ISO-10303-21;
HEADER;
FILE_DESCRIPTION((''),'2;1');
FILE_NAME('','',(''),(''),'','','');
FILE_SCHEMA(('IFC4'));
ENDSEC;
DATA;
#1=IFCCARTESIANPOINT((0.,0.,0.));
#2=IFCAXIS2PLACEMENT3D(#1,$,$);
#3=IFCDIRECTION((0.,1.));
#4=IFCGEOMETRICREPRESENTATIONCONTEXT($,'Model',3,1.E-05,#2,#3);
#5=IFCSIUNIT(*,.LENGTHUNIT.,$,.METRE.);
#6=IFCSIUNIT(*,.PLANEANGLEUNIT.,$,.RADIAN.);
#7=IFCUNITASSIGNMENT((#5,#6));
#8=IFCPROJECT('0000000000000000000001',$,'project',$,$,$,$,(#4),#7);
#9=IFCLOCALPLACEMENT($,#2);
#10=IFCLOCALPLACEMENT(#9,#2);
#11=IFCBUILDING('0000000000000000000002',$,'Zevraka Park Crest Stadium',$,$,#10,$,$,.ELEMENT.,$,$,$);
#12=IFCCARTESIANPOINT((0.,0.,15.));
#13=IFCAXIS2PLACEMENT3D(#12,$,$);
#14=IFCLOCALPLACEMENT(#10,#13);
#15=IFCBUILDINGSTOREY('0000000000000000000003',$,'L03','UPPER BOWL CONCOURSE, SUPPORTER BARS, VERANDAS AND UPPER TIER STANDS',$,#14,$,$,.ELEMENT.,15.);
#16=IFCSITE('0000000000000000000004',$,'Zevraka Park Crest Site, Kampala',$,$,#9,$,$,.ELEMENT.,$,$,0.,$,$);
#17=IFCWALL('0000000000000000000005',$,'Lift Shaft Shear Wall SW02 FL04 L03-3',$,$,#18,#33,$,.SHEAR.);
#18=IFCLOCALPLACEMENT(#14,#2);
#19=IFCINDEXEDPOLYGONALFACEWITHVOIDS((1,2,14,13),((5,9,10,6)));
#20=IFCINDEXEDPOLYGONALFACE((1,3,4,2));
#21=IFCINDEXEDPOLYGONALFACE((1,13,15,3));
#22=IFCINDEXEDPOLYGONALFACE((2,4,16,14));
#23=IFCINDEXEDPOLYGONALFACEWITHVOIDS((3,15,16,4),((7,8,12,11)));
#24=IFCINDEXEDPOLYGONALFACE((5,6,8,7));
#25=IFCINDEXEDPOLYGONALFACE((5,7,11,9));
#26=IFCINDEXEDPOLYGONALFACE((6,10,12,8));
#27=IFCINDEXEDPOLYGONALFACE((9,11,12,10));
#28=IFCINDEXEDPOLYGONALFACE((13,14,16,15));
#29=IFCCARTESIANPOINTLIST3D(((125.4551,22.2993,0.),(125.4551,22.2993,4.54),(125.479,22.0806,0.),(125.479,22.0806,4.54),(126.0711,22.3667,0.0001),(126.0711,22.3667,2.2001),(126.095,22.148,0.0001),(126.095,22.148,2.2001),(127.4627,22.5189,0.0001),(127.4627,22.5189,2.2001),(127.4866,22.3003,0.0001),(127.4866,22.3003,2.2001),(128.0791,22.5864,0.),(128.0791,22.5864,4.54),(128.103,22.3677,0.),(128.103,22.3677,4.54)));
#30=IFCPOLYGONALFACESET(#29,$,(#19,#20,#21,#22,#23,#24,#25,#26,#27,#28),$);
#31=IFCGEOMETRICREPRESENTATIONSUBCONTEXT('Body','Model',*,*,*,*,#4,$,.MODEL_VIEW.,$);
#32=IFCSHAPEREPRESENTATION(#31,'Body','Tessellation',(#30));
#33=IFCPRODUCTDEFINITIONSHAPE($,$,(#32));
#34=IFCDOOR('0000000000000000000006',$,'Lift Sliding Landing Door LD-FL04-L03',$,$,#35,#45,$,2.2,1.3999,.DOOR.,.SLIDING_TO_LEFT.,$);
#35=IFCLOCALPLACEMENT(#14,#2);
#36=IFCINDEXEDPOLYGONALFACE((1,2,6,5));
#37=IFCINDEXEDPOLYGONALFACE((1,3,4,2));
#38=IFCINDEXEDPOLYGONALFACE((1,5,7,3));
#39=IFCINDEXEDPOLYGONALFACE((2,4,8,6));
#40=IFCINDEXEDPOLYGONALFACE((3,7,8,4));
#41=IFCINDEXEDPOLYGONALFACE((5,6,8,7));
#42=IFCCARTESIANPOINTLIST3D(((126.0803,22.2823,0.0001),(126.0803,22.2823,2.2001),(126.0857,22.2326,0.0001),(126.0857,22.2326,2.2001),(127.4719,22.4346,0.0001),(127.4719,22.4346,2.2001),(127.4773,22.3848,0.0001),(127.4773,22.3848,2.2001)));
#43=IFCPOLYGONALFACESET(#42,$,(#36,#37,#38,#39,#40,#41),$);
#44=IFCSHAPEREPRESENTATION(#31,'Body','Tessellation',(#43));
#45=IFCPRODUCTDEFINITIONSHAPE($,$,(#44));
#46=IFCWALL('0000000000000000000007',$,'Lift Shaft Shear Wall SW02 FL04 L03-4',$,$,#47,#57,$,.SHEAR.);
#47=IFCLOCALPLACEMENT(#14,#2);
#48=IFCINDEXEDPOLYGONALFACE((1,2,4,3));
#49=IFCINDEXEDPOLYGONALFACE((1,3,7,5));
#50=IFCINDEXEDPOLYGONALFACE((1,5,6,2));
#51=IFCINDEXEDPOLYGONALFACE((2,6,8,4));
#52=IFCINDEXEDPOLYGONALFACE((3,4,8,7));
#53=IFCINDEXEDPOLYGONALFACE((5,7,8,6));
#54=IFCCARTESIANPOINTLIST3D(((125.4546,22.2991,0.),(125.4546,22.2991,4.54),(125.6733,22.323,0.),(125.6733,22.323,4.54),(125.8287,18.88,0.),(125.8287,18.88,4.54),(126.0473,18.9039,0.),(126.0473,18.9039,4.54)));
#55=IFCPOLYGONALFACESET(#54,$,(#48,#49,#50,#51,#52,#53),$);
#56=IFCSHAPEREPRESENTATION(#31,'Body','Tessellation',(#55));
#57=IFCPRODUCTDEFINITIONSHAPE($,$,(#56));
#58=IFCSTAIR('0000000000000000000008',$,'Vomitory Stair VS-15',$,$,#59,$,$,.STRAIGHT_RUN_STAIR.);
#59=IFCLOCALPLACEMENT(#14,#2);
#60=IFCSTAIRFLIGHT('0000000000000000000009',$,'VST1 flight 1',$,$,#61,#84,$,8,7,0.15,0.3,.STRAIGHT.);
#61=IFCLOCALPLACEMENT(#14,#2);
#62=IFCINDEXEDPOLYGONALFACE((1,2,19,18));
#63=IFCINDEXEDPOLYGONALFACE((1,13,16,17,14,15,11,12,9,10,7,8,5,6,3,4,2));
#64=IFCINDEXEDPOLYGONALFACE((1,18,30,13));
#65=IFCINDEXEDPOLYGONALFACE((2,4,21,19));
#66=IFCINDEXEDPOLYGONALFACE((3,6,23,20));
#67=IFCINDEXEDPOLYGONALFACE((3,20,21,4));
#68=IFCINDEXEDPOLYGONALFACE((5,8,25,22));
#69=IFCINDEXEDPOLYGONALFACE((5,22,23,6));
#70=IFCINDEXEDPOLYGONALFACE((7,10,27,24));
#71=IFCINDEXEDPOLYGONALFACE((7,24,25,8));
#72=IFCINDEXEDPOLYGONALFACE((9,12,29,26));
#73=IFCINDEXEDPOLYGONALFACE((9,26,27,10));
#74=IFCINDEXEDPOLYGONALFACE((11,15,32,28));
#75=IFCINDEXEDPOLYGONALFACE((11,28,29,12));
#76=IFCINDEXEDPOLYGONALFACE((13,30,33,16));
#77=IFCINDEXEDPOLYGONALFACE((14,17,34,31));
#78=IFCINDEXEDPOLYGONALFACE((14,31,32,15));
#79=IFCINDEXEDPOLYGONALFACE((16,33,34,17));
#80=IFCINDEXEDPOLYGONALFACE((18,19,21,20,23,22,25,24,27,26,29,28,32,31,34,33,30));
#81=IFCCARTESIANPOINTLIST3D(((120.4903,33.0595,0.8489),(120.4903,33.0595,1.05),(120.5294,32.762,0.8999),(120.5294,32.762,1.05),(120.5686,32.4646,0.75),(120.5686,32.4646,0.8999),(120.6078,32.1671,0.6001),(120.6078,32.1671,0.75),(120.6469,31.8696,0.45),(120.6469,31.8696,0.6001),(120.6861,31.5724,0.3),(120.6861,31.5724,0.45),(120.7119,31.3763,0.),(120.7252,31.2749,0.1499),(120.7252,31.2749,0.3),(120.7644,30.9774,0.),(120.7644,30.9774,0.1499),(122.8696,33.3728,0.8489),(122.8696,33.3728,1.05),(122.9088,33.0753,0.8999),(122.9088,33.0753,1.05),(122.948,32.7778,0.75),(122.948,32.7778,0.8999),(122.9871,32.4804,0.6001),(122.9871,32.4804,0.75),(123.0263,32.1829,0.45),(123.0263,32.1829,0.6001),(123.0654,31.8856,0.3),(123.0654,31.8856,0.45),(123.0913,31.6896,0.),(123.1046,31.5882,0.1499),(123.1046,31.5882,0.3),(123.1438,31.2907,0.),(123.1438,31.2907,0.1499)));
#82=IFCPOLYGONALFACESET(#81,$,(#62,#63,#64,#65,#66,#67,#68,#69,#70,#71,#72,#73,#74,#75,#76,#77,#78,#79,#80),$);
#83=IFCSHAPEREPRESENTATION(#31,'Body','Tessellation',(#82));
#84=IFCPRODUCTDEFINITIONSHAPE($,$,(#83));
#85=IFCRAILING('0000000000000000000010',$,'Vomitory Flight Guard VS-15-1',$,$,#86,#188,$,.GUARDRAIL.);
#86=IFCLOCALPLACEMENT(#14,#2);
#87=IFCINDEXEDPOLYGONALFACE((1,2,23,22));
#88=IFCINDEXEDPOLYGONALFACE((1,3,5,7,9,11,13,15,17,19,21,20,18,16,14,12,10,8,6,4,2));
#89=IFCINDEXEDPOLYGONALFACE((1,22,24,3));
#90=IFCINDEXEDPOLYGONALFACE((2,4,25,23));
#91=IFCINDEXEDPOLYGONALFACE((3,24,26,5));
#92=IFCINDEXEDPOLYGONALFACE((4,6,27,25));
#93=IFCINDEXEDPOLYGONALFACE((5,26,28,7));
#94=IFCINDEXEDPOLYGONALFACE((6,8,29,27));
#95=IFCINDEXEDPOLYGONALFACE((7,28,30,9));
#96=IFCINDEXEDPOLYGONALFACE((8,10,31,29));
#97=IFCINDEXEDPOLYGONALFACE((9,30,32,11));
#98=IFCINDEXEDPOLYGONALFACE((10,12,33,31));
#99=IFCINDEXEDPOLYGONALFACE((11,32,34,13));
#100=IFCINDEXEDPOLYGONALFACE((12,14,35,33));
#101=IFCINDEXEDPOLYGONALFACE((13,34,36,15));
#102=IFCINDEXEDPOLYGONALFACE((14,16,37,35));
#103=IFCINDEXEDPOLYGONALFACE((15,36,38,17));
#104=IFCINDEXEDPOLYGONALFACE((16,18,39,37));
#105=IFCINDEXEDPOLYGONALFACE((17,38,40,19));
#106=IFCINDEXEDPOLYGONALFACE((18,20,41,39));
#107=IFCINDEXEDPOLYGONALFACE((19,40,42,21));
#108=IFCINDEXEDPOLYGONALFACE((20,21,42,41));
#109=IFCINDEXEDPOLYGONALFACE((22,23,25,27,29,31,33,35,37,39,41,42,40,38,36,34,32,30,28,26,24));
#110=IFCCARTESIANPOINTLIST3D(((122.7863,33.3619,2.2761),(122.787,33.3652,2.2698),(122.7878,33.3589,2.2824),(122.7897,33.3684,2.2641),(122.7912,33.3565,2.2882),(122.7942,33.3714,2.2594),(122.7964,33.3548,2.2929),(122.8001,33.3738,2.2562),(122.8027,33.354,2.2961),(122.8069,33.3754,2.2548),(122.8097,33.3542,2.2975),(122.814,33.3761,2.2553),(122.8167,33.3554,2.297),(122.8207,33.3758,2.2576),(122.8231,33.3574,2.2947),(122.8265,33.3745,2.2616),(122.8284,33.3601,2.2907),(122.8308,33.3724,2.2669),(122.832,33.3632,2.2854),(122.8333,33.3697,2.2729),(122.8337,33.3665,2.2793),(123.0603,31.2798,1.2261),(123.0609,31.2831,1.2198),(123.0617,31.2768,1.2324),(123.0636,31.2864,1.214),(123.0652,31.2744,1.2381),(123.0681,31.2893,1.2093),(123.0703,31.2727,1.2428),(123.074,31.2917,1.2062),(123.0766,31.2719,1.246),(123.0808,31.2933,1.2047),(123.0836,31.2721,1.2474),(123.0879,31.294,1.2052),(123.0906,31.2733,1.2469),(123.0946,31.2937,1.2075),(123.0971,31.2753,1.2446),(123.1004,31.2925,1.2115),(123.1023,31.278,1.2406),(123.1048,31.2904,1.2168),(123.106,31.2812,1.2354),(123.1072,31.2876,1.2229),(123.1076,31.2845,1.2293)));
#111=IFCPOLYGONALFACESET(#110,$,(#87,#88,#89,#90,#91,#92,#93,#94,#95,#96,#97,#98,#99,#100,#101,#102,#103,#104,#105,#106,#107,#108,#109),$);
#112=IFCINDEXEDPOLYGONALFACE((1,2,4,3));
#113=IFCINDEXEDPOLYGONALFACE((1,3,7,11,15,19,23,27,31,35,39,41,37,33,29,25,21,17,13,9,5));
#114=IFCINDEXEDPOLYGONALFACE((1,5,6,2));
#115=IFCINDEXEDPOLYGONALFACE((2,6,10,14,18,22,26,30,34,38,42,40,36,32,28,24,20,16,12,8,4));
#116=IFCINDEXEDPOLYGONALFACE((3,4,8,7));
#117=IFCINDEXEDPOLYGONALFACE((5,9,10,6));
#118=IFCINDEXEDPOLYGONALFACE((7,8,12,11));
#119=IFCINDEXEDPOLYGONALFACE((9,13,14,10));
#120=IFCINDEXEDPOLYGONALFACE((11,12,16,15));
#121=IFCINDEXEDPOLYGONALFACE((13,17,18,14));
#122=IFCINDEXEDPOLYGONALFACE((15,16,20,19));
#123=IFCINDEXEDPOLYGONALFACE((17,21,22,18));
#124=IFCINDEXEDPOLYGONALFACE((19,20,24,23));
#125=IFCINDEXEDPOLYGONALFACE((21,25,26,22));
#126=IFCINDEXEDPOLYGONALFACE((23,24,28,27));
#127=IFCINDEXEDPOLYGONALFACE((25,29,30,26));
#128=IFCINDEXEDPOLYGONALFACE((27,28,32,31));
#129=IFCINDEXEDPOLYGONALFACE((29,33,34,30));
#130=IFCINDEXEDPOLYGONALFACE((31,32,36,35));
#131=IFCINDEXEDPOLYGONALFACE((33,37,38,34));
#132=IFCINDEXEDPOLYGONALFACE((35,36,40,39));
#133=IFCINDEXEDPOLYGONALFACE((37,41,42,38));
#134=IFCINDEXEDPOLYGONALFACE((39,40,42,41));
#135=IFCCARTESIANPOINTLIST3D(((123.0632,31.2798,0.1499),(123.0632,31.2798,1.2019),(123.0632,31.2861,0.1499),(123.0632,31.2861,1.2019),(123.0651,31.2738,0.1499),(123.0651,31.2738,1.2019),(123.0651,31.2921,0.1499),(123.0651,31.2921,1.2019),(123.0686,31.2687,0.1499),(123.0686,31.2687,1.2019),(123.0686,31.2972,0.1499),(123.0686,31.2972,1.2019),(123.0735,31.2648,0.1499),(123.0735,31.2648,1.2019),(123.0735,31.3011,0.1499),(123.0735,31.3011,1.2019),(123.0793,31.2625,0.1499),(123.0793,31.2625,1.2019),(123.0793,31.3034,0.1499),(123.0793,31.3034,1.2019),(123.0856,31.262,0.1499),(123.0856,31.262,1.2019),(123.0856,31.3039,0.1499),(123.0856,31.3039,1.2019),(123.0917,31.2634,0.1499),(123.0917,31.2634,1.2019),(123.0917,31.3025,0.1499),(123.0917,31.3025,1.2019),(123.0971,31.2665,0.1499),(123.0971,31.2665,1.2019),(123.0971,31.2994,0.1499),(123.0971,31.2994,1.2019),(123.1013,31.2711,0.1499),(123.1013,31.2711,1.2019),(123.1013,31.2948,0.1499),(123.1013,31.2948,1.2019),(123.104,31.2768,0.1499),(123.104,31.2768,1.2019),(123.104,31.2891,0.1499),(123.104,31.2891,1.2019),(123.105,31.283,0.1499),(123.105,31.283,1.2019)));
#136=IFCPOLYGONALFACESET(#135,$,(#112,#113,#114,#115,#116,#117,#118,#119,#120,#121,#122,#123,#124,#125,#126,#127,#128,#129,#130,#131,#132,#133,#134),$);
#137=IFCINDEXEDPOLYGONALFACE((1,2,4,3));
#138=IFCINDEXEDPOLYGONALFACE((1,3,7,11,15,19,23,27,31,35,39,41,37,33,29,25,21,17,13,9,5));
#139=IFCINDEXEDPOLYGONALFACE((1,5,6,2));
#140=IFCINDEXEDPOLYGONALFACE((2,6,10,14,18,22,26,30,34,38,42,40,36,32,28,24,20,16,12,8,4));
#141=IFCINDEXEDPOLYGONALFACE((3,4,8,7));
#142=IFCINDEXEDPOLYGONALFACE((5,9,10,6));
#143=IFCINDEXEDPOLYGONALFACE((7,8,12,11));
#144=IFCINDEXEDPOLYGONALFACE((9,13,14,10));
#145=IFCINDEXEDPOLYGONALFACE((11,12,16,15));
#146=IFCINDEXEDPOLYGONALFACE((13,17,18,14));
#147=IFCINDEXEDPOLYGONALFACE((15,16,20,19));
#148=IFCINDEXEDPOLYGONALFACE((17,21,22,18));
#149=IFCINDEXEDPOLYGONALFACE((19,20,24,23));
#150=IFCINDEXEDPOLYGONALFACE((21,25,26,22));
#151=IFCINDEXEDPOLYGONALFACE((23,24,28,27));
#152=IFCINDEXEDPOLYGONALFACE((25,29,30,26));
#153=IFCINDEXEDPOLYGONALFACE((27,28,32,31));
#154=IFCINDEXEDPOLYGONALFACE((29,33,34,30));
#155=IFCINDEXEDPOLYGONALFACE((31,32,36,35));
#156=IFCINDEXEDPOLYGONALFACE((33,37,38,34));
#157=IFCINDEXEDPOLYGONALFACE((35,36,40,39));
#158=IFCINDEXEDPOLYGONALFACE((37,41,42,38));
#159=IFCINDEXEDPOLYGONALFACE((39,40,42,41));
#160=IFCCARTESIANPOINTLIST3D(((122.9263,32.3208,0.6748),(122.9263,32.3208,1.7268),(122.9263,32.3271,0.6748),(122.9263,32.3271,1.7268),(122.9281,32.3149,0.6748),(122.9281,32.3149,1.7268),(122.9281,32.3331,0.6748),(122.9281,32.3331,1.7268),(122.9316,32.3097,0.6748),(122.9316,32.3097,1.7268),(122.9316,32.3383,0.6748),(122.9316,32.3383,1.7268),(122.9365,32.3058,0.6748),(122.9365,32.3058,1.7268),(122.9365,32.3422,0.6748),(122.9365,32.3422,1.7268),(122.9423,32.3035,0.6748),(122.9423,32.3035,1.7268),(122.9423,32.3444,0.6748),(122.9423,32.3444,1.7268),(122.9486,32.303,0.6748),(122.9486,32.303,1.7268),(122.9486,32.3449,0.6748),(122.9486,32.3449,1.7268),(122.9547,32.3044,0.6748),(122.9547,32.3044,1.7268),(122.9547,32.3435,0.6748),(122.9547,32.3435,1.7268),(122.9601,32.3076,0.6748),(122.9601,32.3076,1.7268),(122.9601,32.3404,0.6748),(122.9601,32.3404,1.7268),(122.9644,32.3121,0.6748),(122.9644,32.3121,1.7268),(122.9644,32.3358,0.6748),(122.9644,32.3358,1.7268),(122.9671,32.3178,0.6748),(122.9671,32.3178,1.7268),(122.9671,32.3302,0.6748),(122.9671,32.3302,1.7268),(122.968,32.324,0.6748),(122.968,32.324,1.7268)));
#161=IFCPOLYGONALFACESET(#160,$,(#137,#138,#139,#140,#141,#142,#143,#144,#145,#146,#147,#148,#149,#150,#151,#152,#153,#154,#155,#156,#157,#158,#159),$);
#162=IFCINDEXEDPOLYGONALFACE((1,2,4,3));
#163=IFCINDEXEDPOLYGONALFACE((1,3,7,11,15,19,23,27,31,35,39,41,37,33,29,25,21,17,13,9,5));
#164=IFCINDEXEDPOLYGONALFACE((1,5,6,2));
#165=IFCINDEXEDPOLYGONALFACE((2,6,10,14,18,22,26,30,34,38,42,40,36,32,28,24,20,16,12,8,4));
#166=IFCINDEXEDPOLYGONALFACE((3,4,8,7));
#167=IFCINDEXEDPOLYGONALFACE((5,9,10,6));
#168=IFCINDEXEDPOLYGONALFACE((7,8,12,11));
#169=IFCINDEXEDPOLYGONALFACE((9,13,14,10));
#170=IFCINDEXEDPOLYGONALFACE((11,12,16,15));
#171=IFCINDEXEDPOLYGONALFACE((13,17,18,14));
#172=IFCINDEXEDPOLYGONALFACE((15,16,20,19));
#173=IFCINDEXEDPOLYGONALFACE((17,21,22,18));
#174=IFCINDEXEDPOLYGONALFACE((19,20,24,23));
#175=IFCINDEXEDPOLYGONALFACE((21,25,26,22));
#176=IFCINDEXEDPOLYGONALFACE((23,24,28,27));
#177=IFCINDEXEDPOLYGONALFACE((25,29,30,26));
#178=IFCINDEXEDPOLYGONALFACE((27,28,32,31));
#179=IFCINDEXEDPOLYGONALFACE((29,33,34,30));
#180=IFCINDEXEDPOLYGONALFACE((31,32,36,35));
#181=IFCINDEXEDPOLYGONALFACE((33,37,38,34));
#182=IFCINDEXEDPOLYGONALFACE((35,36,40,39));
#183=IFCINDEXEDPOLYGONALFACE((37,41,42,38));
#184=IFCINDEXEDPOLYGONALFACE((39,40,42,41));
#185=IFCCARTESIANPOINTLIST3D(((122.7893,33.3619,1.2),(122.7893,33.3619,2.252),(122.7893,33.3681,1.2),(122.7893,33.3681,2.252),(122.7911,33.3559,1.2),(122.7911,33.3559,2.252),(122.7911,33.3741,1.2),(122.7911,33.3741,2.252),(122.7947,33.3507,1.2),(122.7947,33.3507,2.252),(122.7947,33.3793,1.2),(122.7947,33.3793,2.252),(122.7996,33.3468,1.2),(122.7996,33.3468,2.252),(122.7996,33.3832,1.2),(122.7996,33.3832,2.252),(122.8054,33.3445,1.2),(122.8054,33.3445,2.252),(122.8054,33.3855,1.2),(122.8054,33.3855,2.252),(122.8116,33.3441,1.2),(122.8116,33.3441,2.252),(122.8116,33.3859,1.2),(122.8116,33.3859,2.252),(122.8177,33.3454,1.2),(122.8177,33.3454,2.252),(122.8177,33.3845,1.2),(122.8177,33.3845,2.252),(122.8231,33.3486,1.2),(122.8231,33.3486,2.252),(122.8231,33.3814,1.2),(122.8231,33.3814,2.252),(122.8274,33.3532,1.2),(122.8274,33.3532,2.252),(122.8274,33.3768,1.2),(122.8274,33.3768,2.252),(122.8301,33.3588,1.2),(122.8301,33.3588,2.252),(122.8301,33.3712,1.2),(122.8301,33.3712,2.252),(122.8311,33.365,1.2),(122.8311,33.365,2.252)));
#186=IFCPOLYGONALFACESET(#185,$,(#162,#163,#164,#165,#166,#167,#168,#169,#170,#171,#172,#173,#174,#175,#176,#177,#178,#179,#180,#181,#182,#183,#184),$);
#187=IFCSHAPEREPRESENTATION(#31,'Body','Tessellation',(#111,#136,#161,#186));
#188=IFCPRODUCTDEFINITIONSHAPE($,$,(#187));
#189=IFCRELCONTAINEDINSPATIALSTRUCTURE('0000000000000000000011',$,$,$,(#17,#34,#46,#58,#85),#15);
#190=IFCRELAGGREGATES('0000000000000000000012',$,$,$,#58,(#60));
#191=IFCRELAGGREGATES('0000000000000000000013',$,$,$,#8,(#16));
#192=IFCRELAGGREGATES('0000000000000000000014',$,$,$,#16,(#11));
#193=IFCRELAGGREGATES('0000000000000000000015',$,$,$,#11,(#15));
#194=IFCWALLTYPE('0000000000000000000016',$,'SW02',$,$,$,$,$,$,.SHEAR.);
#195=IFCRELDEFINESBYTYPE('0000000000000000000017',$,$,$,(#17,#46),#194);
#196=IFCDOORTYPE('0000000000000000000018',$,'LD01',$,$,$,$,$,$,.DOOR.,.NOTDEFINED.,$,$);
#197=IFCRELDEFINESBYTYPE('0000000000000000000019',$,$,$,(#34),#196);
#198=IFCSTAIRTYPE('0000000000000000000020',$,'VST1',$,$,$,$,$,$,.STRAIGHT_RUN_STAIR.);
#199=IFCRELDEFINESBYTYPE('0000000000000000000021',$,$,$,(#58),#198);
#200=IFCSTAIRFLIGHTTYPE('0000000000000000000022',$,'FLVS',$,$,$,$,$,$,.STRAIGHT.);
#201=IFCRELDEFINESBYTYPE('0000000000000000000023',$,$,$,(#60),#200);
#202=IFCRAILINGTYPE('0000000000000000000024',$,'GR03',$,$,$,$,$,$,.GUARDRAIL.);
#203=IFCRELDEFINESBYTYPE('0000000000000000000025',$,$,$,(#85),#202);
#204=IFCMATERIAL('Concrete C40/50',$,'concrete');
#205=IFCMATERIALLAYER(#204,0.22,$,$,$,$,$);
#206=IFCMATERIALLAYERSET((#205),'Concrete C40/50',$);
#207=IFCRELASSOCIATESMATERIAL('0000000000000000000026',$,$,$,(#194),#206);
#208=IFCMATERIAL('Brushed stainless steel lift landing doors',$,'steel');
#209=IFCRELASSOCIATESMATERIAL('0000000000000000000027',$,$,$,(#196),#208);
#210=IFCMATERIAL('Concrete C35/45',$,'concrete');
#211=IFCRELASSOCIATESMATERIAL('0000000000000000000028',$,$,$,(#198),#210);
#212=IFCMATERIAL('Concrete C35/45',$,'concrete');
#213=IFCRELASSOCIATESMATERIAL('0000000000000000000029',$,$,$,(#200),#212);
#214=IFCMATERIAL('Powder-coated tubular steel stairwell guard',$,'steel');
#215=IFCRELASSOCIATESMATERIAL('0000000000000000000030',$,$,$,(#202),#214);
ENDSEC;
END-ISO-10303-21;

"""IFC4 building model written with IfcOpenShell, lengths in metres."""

from ifc_helpers import new_model, si_unit, direction, frame, frame_2d, origin, origin_2d, place, context, subcontext, project, spatial, polyline, rectangle, circle, outline, extrude, material, layer, layer_set, type_object, element, fill, aggregate, save


model = new_model("IFC4")

# Units and contexts
model_context = context("Model", 3, precision=1e-05, world=origin(), true_north=direction((0.0, 1.0)))
body_context = subcontext(model_context, "Body", "Model", "MODEL_VIEW")
ifc_project = project(units=[si_unit("LENGTHUNIT", "METRE"), si_unit("PLANEANGLEUNIT", "RADIAN")], contexts=[model_context])

# Site, building, storey
site_placement = place(None, origin())
site = spatial("IfcSite", under=ifc_project, at=site_placement, Name="Zevraka Park Crest Site, Kampala", CompositionType="ELEMENT", RefElevation=0.0)
building_placement = place(site_placement, origin())
building = spatial("IfcBuilding", under=site, at=building_placement, Name="Zevraka Park Crest Stadium", CompositionType="ELEMENT")
storey_placement = place(building_placement, frame((0.0, 0.0, 15.0)))
storey = spatial("IfcBuildingStorey", under=building, at=storey_placement, Name="L03", Description="UPPER BOWL CONCOURSE, SUPPORTER BARS, VERANDAS AND UPPER TIER STANDS", CompositionType="ELEMENT", Elevation=15.0)

# Shared definitions
ifc_material_1 = material(Name="Concrete C40/50", Category="concrete")
ifc_layer_1 = layer(ifc_material_1, 0.22)
ifc_layer_set_1 = layer_set([ifc_layer_1], Name="Concrete C40/50")
wall_type_1 = type_object("IfcWallType", Name="SW02", PredefinedType="SHEAR", material=ifc_layer_set_1)

# Wall, opening, door
wall_1_placement = place(storey_placement, frame((128.0911, 22.4771, 0.0), z_axis=(0.0, 0.0, 1.0), x_axis=(-0.994067, -0.108767, 0.0)))
wall_1 = element("IfcWall", 1, at=wall_1_placement, inside=storey, type_object=wall_type_1, Name="Lift Shaft Shear Wall SW02 FL04 L03-3", PredefinedType="SHEAR", context=body_context, shape_type="SweptSolid", body=[
    extrude(rectangle(XDim=2.6396, YDim=0.22, at=frame_2d((1.3198, 0.0))), origin(), (0.0, 0.0, 1.0), 4.54),
])
opening_1_placement = place(wall_1_placement, frame((0.6201, 0.0, 0.0)))
opening_1 = element("IfcOpeningElement", 2, at=opening_1_placement, cuts=wall_1, PredefinedType="OPENING", context=body_context, shape_type="SweptSolid", body=[
    extrude(rectangle(XDim=1.3999, YDim=2.2, at=frame_2d((0.7, 1.1001))), frame((0.0, 0.1199, 0.0), z_axis=(0.0, -1.0, 0.0), x_axis=(1.0, 0.0, 0.0)), (0.0, 0.0, 1.0), 0.24),
])
ifc_material_2 = material(Name="Brushed stainless steel lift landing doors", Category="steel")
door_type_1 = type_object("IfcDoorType", Name="LD01", OperationType="NOTDEFINED", PredefinedType="DOOR", material=ifc_material_2)
door_1_placement = place(opening_1_placement, origin())
door_1 = element("IfcDoor", 3, at=door_1_placement, inside=storey, type_object=door_type_1, Name="Lift Sliding Landing Door LD-FL04-L03", OperationType="SLIDING_TO_LEFT", OverallHeight=2.2, OverallWidth=1.3999, PredefinedType="DOOR", context=body_context, shape_type="SweptSolid", body=[
    extrude(rectangle(XDim=1.3999, YDim=2.2, at=frame_2d((0.7, 1.1001))), frame((0.0, 0.0249, 0.0), z_axis=(0.0, -1.0, 0.0), x_axis=(1.0, 0.0, 0.0)), (0.0, 0.0, 1.0), 0.05),
])
fill(opening_1, door_1)

# Wall
wall_2_placement = place(storey_placement, frame((125.564, 22.311, 0.0), z_axis=(0.0, 0.0, 1.0), x_axis=(0.108749, -0.994069, 0.0)))
element("IfcWall", 4, at=wall_2_placement, inside=storey, type_object=wall_type_1, Name="Lift Shaft Shear Wall SW02 FL04 L03-4", PredefinedType="SHEAR", context=body_context, shape_type="SweptSolid", body=[
    extrude(rectangle(XDim=3.4395, YDim=0.22, at=frame_2d((1.7197, 0.0))), origin(), (0.0, 0.0, 1.0), 4.54),
])

# Stair, stair flight
ifc_material_3 = material(Name="Concrete C35/45", Category="concrete")
stair_type = type_object("IfcStairType", Name="VST1", PredefinedType="STRAIGHT_RUN_STAIR", material=ifc_material_3)
stair_placement = place(storey_placement, origin())
stair = element("IfcStair", 5, at=stair_placement, inside=storey, type_object=stair_type, Name="Vomitory Stair VS-15", PredefinedType="STRAIGHT_RUN_STAIR")
ifc_material_4 = material(Name="Concrete C35/45", Category="concrete")
stair_flight_type = type_object("IfcStairFlightType", Name="FLVS", PredefinedType="STRAIGHT", material=ifc_material_4)
stair_flight_placement = place(storey_placement, frame((121.9541, 31.134, 0.0), z_axis=(0.0, 0.0, 1.0), x_axis=(-0.130542, 0.991443, 0.0)))
stair_flight = element("IfcStairFlight", 6, at=stair_flight_placement, type_object=stair_flight_type, Name="VST1 flight 1", NumberOfRisers=8, NumberOfTreads=7, PredefinedType="STRAIGHT", RiserHeight=0.15, TreadLength=0.3, context=body_context, shape_type="SweptSolid", body=[
    extrude(outline(polyline([(0.0, 0.0), (0.0, 0.1499), (0.3, 0.1499), (0.3, 0.3), (0.6001, 0.3), (0.6001, 0.45), (0.8999, 0.45), (0.8999, 0.6001), (1.2, 0.6001), (1.2, 0.75), (1.5, 0.75), (1.5, 0.8999), (1.8, 0.8999), (1.8, 1.05), (2.1001, 1.05), (2.1001, 1.2), (2.1001, 0.8489), (0.4023, 0.0), (0.0, 0.0)])), frame((0.0, 1.2, 0.0), z_axis=(0.0, -1.0, 0.0), x_axis=(1.0, 0.0, 0.0)), (0.0, 0.0, 1.0), 2.3999),
])
aggregate(stair, [stair_flight])

# Railing
ifc_material_5 = material(Name="Powder-coated tubular steel stairwell guard", Category="steel")
railing_type_1 = type_object("IfcRailingType", Name="GR03", PredefinedType="GUARDRAIL", material=ifc_material_5)
railing_1_placement = place(storey_placement, frame((123.084, 31.283, 0.1499)))
element("IfcRailing", 7, at=railing_1_placement, inside=storey, type_object=railing_type_1, Name="Vomitory Flight Guard VS-15-1", PredefinedType="GUARDRAIL", context=body_context, shape_type="SweptSolid", body=[
    extrude(circle(Radius=0.0239, at=origin_2d()), frame((0.0, 0.0, 1.0762), z_axis=(-0.11667, 0.886775, 0.447235), x_axis=(-0.991456, -0.130442, 0.0)), (0.0, 0.0, 1.0), 2.3479),
    extrude(circle(Radius=0.021, at=origin_2d()), origin(), (0.0, 0.0, 1.0), 1.052),
    extrude(circle(Radius=0.021, at=origin_2d()), frame((-0.137, 1.041, 0.5249)), (0.0, 0.0, 1.0), 1.052),
    extrude(circle(Radius=0.021, at=origin_2d()), frame((-0.2739, 2.082, 1.05)), (0.0, 0.0, 1.0), 1.052),
])

save(model, "model.ifc")
